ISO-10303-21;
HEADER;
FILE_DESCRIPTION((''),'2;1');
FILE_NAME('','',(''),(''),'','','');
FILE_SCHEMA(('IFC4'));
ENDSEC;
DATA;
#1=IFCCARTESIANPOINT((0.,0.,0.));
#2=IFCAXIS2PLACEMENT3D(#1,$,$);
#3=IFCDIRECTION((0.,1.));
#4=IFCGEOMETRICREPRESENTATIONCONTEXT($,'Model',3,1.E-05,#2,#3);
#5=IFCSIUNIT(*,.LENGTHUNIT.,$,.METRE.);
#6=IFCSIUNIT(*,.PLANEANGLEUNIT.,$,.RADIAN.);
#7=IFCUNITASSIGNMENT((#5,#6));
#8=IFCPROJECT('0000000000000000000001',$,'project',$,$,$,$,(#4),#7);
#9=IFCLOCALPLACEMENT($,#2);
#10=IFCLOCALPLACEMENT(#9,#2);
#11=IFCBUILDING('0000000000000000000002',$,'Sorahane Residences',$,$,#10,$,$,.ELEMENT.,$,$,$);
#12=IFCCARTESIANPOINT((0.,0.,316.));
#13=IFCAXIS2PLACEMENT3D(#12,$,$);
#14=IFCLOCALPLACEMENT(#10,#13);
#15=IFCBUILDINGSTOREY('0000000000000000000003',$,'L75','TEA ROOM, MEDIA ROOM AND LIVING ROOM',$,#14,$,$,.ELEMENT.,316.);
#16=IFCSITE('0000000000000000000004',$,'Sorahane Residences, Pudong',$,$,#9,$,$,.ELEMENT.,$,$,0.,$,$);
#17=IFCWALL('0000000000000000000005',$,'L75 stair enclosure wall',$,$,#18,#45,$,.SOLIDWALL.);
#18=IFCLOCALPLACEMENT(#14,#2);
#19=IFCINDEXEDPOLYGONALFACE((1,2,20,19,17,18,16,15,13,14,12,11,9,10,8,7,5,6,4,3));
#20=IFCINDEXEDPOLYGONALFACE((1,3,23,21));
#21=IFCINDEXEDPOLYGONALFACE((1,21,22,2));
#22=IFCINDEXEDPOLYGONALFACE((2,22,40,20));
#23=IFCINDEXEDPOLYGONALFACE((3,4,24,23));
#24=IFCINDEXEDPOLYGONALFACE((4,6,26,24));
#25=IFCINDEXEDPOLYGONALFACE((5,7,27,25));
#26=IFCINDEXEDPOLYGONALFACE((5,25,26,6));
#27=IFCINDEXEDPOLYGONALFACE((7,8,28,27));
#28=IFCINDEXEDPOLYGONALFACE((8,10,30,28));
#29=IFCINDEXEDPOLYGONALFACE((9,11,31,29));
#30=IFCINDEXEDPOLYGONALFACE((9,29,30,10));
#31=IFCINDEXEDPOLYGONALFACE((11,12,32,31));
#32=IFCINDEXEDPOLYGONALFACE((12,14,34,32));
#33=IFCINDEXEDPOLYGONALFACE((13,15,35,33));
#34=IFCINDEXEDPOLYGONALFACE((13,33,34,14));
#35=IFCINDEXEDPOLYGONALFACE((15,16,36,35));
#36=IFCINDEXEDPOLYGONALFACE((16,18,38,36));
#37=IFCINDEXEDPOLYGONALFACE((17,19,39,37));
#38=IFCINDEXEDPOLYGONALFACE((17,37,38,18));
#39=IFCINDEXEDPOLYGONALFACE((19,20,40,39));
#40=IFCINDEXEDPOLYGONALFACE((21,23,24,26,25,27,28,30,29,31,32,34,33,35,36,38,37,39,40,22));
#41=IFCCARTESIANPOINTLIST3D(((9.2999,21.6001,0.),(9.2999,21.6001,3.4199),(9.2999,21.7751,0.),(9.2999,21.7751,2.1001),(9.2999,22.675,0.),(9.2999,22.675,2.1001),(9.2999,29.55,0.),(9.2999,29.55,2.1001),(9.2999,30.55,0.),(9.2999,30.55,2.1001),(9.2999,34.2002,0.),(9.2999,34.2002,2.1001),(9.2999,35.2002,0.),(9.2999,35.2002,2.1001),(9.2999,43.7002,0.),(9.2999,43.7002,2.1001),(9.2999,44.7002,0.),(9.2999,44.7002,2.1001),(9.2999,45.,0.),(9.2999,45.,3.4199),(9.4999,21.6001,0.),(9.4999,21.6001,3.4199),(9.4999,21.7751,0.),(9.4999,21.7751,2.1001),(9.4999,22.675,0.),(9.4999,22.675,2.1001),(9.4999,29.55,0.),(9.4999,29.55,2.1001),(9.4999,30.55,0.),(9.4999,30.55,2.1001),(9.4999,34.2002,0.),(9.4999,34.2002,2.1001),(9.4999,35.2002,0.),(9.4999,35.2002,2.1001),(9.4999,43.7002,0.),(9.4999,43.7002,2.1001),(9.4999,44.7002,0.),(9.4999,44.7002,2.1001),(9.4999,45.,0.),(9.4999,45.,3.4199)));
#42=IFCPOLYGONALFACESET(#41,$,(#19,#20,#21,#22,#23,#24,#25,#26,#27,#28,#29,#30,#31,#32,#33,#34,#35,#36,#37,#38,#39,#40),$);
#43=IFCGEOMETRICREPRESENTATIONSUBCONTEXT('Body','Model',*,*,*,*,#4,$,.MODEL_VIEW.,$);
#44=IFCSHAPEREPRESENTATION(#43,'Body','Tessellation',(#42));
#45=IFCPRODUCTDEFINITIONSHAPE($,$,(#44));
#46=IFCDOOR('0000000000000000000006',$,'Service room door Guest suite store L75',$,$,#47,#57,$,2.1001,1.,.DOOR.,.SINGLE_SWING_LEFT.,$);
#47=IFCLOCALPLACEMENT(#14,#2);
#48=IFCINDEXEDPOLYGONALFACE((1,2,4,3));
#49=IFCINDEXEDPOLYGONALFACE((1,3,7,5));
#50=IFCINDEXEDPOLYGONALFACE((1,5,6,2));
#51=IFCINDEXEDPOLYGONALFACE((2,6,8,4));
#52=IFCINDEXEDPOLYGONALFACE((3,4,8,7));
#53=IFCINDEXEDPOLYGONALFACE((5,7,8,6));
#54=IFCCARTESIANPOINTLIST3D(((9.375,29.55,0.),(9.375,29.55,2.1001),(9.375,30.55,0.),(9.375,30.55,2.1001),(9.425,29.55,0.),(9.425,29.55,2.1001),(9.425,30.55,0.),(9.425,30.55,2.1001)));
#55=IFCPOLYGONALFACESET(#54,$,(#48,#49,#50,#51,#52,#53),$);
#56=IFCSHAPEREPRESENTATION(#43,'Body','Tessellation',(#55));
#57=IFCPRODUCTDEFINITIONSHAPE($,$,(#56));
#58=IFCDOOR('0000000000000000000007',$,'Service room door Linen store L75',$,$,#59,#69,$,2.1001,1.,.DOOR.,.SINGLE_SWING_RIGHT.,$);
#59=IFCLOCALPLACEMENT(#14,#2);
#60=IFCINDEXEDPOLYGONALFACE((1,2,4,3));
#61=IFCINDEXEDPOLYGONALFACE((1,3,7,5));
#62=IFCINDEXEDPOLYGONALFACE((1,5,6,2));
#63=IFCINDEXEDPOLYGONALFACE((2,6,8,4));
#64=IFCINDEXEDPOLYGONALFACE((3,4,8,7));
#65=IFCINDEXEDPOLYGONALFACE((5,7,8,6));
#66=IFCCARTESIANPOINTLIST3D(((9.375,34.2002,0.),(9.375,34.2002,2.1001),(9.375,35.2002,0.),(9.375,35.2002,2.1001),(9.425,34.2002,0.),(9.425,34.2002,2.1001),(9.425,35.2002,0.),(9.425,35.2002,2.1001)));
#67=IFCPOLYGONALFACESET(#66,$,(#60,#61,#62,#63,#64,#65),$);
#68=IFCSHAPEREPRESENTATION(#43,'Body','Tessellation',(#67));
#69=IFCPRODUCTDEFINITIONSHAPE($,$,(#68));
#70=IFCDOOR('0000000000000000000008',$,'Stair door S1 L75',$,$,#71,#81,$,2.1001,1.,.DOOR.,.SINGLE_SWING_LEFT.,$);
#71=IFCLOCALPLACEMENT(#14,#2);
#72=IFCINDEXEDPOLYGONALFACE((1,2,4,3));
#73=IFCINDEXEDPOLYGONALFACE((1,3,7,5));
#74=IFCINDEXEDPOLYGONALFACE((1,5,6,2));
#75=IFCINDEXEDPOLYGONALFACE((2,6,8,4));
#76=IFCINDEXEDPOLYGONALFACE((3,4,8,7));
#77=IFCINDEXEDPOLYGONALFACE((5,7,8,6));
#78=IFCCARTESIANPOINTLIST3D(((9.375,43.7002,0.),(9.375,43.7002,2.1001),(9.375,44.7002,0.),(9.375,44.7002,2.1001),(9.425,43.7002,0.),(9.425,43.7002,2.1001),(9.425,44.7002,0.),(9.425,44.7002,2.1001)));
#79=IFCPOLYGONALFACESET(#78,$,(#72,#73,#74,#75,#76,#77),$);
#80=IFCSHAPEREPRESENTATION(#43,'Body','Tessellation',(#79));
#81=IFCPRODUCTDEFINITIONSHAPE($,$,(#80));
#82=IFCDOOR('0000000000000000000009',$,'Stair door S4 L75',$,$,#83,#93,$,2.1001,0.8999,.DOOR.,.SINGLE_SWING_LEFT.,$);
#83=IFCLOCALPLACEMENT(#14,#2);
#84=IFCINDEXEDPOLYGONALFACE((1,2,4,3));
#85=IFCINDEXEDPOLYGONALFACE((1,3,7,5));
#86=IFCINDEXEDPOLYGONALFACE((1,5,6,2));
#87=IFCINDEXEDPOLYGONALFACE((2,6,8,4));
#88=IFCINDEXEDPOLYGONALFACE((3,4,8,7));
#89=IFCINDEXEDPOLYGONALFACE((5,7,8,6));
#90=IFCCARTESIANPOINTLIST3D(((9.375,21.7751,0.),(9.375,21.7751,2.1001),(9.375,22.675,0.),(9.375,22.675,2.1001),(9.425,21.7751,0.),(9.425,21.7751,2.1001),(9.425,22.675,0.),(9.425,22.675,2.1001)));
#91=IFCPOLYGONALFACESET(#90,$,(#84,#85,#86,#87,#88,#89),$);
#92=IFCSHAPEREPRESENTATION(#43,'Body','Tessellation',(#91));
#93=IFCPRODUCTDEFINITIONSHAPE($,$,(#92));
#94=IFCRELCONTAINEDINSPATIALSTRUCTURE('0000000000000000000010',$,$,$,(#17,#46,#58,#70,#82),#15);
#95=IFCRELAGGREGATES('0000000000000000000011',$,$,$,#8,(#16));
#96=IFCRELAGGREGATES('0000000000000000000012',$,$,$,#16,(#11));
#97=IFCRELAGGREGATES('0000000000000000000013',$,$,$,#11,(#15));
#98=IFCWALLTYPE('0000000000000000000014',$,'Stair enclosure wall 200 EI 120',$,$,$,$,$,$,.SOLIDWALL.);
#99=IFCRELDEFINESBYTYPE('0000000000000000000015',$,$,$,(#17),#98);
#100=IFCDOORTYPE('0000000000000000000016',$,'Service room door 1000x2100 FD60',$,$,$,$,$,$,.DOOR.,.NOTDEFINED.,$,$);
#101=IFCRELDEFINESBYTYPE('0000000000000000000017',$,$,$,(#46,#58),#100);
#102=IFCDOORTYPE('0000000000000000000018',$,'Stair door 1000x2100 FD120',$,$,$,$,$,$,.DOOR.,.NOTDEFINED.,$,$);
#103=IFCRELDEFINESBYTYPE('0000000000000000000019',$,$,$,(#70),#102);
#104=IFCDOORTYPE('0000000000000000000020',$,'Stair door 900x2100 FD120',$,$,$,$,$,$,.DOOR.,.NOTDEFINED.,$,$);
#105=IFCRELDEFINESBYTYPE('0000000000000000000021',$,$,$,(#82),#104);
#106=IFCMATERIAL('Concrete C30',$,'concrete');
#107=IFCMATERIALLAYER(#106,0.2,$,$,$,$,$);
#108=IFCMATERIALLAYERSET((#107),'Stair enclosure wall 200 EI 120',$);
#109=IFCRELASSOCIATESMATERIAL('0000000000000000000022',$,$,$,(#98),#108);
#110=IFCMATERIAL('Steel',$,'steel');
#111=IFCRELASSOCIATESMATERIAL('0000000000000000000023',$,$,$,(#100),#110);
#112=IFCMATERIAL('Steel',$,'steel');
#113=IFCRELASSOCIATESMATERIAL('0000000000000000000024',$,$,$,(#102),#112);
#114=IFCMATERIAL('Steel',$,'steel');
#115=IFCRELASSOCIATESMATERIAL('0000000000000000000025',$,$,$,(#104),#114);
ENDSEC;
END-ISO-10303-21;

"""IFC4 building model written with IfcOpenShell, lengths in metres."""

from ifc_helpers import new_model, si_unit, direction, frame, frame_2d, origin, place, context, subcontext, project, spatial, rectangle, extrude, material, layer, layer_set, type_object, element, fill, save


model = new_model("IFC4")

# Units and contexts
model_context = context("Model", 3, precision=1e-05, world=origin(), true_north=direction((0.0, 1.0)))
body_context = subcontext(model_context, "Body", "Model", "MODEL_VIEW")
ifc_project = project(units=[si_unit("LENGTHUNIT", "METRE"), si_unit("PLANEANGLEUNIT", "RADIAN")], contexts=[model_context])

# Site, building, storey
site_placement = place(None, origin())
site = spatial("IfcSite", under=ifc_project, at=site_placement, Name="Sorahane Residences, Pudong", CompositionType="ELEMENT", RefElevation=0.0)
building_placement = place(site_placement, origin())
building = spatial("IfcBuilding", under=site, at=building_placement, Name="Sorahane Residences", CompositionType="ELEMENT")
storey_placement = place(building_placement, frame((0.0, 0.0, 316.0)))
storey = spatial("IfcBuildingStorey", under=building, at=storey_placement, Name="L75", Description="TEA ROOM, MEDIA ROOM AND LIVING ROOM", CompositionType="ELEMENT", Elevation=316.0)

# Wall, openings, doors
ifc_material_1 = material(Name="Concrete C30", Category="concrete")
ifc_layer_1 = layer(ifc_material_1, 0.2)
ifc_layer_set_1 = layer_set([ifc_layer_1], Name="Stair enclosure wall 200 EI 120")
wall_type_1 = type_object("IfcWallType", Name="Stair enclosure wall 200 EI 120", PredefinedType="SOLIDWALL", material=ifc_layer_set_1)
wall_1_placement = place(storey_placement, frame((9.3999, 21.6001, 0.0), z_axis=(0.0, 0.0, 1.0), x_axis=(0.0, 1.0, 0.0)))
wall_1 = element("IfcWall", 1, at=wall_1_placement, inside=storey, type_object=wall_type_1, Name="L75 stair enclosure wall", PredefinedType="SOLIDWALL", context=body_context, shape_type="SweptSolid", body=[
    extrude(rectangle(XDim=23.3999, YDim=0.2, at=frame_2d((11.7, 0.0))), origin(), (0.0, 0.0, 1.0), 3.4199),
])
opening_1_placement = place(wall_1_placement, frame((7.95, 0.0, 0.0)))
opening_1 = element("IfcOpeningElement", 2, at=opening_1_placement, cuts=wall_1, PredefinedType="OPENING", context=body_context, shape_type="SweptSolid", body=[
    extrude(rectangle(XDim=1.0, YDim=2.1001, at=frame_2d((0.5, 1.05))), frame((0.0, 0.1099, 0.0), z_axis=(0.0, -1.0, 0.0), x_axis=(1.0, 0.0, 0.0)), (0.0, 0.0, 1.0), 0.22),
])
opening_2_placement = place(wall_1_placement, frame((12.6001, 0.0, 0.0)))
opening_2 = element("IfcOpeningElement", 3, at=opening_2_placement, cuts=wall_1, PredefinedType="OPENING", context=body_context, shape_type="SweptSolid", body=[
    extrude(rectangle(XDim=1.0, YDim=2.1001, at=frame_2d((0.5, 1.05))), frame((0.0, 0.1099, 0.0), z_axis=(0.0, -1.0, 0.0), x_axis=(1.0, 0.0, 0.0)), (0.0, 0.0, 1.0), 0.22),
])
opening_3_placement = place(wall_1_placement, frame((22.1001, 0.0, 0.0)))
opening_3 = element("IfcOpeningElement", 4, at=opening_3_placement, cuts=wall_1, PredefinedType="OPENING", context=body_context, shape_type="SweptSolid", body=[
    extrude(rectangle(XDim=1.0, YDim=2.1001, at=frame_2d((0.5, 1.05))), frame((0.0, 0.1099, 0.0), z_axis=(0.0, -1.0, 0.0), x_axis=(1.0, 0.0, 0.0)), (0.0, 0.0, 1.0), 0.22),
])
opening_4_placement = place(wall_1_placement, frame((0.175, 0.0, 0.0)))
opening_4 = element("IfcOpeningElement", 5, at=opening_4_placement, cuts=wall_1, PredefinedType="OPENING", context=body_context, shape_type="SweptSolid", body=[
    extrude(rectangle(XDim=0.8999, YDim=2.1001, at=frame_2d((0.45, 1.05))), frame((0.0, 0.1099, 0.0), z_axis=(0.0, -1.0, 0.0), x_axis=(1.0, 0.0, 0.0)), (0.0, 0.0, 1.0), 0.22),
])
ifc_material_2 = material(Name="Steel", Category="steel")
door_type_1 = type_object("IfcDoorType", Name="Service room door 1000x2100 FD60", OperationType="NOTDEFINED", PredefinedType="DOOR", material=ifc_material_2)
door_1_placement = place(opening_1_placement, origin())
door_1 = element("IfcDoor", 6, at=door_1_placement, inside=storey, type_object=door_type_1, Name="Service room door Guest suite store L75", OperationType="SINGLE_SWING_LEFT", OverallHeight=2.1001, OverallWidth=1.0, PredefinedType="DOOR", context=body_context, shape_type="SweptSolid", body=[
    extrude(rectangle(XDim=1.0, YDim=2.1001, at=frame_2d((0.5, 1.05))), frame((0.0, 0.0249, 0.0), z_axis=(0.0, -1.0, 0.0), x_axis=(1.0, 0.0, 0.0)), (0.0, 0.0, 1.0), 0.05),
])
fill(opening_1, door_1)
door_2_placement = place(opening_2_placement, origin())
door_2 = element("IfcDoor", 7, at=door_2_placement, inside=storey, type_object=door_type_1, Name="Service room door Linen store L75", OperationType="SINGLE_SWING_RIGHT", OverallHeight=2.1001, OverallWidth=1.0, PredefinedType="DOOR", context=body_context, shape_type="SweptSolid", body=[
    extrude(rectangle(XDim=1.0, YDim=2.1001, at=frame_2d((0.5, 1.05))), frame((0.0, 0.0249, 0.0), z_axis=(0.0, -1.0, 0.0), x_axis=(1.0, 0.0, 0.0)), (0.0, 0.0, 1.0), 0.05),
])
fill(opening_2, door_2)
ifc_material_3 = material(Name="Steel", Category="steel")
door_type_2 = type_object("IfcDoorType", Name="Stair door 1000x2100 FD120", OperationType="NOTDEFINED", PredefinedType="DOOR", material=ifc_material_3)
door_3_placement = place(opening_3_placement, origin())
door_3 = element("IfcDoor", 8, at=door_3_placement, inside=storey, type_object=door_type_2, Name="Stair door S1 L75", OperationType="SINGLE_SWING_LEFT", OverallHeight=2.1001, OverallWidth=1.0, PredefinedType="DOOR", context=body_context, shape_type="SweptSolid", body=[
    extrude(rectangle(XDim=1.0, YDim=2.1001, at=frame_2d((0.5, 1.05))), frame((0.0, 0.0249, 0.0), z_axis=(0.0, -1.0, 0.0), x_axis=(1.0, 0.0, 0.0)), (0.0, 0.0, 1.0), 0.05),
])
fill(opening_3, door_3)
ifc_material_4 = material(Name="Steel", Category="steel")
door_type_3 = type_object("IfcDoorType", Name="Stair door 900x2100 FD120", OperationType="NOTDEFINED", PredefinedType="DOOR", material=ifc_material_4)
door_4_placement = place(opening_4_placement, origin())
door_4 = element("IfcDoor", 9, at=door_4_placement, inside=storey, type_object=door_type_3, Name="Stair door S4 L75", OperationType="SINGLE_SWING_LEFT", OverallHeight=2.1001, OverallWidth=0.8999, PredefinedType="DOOR", context=body_context, shape_type="SweptSolid", body=[
    extrude(rectangle(XDim=0.8999, YDim=2.1001, at=frame_2d((0.45, 1.05))), frame((0.0, 0.0249, 0.0), z_axis=(0.0, -1.0, 0.0), x_axis=(1.0, 0.0, 0.0)), (0.0, 0.0, 1.0), 0.05),
])
fill(opening_4, door_4)

save(model, "model.ifc")
